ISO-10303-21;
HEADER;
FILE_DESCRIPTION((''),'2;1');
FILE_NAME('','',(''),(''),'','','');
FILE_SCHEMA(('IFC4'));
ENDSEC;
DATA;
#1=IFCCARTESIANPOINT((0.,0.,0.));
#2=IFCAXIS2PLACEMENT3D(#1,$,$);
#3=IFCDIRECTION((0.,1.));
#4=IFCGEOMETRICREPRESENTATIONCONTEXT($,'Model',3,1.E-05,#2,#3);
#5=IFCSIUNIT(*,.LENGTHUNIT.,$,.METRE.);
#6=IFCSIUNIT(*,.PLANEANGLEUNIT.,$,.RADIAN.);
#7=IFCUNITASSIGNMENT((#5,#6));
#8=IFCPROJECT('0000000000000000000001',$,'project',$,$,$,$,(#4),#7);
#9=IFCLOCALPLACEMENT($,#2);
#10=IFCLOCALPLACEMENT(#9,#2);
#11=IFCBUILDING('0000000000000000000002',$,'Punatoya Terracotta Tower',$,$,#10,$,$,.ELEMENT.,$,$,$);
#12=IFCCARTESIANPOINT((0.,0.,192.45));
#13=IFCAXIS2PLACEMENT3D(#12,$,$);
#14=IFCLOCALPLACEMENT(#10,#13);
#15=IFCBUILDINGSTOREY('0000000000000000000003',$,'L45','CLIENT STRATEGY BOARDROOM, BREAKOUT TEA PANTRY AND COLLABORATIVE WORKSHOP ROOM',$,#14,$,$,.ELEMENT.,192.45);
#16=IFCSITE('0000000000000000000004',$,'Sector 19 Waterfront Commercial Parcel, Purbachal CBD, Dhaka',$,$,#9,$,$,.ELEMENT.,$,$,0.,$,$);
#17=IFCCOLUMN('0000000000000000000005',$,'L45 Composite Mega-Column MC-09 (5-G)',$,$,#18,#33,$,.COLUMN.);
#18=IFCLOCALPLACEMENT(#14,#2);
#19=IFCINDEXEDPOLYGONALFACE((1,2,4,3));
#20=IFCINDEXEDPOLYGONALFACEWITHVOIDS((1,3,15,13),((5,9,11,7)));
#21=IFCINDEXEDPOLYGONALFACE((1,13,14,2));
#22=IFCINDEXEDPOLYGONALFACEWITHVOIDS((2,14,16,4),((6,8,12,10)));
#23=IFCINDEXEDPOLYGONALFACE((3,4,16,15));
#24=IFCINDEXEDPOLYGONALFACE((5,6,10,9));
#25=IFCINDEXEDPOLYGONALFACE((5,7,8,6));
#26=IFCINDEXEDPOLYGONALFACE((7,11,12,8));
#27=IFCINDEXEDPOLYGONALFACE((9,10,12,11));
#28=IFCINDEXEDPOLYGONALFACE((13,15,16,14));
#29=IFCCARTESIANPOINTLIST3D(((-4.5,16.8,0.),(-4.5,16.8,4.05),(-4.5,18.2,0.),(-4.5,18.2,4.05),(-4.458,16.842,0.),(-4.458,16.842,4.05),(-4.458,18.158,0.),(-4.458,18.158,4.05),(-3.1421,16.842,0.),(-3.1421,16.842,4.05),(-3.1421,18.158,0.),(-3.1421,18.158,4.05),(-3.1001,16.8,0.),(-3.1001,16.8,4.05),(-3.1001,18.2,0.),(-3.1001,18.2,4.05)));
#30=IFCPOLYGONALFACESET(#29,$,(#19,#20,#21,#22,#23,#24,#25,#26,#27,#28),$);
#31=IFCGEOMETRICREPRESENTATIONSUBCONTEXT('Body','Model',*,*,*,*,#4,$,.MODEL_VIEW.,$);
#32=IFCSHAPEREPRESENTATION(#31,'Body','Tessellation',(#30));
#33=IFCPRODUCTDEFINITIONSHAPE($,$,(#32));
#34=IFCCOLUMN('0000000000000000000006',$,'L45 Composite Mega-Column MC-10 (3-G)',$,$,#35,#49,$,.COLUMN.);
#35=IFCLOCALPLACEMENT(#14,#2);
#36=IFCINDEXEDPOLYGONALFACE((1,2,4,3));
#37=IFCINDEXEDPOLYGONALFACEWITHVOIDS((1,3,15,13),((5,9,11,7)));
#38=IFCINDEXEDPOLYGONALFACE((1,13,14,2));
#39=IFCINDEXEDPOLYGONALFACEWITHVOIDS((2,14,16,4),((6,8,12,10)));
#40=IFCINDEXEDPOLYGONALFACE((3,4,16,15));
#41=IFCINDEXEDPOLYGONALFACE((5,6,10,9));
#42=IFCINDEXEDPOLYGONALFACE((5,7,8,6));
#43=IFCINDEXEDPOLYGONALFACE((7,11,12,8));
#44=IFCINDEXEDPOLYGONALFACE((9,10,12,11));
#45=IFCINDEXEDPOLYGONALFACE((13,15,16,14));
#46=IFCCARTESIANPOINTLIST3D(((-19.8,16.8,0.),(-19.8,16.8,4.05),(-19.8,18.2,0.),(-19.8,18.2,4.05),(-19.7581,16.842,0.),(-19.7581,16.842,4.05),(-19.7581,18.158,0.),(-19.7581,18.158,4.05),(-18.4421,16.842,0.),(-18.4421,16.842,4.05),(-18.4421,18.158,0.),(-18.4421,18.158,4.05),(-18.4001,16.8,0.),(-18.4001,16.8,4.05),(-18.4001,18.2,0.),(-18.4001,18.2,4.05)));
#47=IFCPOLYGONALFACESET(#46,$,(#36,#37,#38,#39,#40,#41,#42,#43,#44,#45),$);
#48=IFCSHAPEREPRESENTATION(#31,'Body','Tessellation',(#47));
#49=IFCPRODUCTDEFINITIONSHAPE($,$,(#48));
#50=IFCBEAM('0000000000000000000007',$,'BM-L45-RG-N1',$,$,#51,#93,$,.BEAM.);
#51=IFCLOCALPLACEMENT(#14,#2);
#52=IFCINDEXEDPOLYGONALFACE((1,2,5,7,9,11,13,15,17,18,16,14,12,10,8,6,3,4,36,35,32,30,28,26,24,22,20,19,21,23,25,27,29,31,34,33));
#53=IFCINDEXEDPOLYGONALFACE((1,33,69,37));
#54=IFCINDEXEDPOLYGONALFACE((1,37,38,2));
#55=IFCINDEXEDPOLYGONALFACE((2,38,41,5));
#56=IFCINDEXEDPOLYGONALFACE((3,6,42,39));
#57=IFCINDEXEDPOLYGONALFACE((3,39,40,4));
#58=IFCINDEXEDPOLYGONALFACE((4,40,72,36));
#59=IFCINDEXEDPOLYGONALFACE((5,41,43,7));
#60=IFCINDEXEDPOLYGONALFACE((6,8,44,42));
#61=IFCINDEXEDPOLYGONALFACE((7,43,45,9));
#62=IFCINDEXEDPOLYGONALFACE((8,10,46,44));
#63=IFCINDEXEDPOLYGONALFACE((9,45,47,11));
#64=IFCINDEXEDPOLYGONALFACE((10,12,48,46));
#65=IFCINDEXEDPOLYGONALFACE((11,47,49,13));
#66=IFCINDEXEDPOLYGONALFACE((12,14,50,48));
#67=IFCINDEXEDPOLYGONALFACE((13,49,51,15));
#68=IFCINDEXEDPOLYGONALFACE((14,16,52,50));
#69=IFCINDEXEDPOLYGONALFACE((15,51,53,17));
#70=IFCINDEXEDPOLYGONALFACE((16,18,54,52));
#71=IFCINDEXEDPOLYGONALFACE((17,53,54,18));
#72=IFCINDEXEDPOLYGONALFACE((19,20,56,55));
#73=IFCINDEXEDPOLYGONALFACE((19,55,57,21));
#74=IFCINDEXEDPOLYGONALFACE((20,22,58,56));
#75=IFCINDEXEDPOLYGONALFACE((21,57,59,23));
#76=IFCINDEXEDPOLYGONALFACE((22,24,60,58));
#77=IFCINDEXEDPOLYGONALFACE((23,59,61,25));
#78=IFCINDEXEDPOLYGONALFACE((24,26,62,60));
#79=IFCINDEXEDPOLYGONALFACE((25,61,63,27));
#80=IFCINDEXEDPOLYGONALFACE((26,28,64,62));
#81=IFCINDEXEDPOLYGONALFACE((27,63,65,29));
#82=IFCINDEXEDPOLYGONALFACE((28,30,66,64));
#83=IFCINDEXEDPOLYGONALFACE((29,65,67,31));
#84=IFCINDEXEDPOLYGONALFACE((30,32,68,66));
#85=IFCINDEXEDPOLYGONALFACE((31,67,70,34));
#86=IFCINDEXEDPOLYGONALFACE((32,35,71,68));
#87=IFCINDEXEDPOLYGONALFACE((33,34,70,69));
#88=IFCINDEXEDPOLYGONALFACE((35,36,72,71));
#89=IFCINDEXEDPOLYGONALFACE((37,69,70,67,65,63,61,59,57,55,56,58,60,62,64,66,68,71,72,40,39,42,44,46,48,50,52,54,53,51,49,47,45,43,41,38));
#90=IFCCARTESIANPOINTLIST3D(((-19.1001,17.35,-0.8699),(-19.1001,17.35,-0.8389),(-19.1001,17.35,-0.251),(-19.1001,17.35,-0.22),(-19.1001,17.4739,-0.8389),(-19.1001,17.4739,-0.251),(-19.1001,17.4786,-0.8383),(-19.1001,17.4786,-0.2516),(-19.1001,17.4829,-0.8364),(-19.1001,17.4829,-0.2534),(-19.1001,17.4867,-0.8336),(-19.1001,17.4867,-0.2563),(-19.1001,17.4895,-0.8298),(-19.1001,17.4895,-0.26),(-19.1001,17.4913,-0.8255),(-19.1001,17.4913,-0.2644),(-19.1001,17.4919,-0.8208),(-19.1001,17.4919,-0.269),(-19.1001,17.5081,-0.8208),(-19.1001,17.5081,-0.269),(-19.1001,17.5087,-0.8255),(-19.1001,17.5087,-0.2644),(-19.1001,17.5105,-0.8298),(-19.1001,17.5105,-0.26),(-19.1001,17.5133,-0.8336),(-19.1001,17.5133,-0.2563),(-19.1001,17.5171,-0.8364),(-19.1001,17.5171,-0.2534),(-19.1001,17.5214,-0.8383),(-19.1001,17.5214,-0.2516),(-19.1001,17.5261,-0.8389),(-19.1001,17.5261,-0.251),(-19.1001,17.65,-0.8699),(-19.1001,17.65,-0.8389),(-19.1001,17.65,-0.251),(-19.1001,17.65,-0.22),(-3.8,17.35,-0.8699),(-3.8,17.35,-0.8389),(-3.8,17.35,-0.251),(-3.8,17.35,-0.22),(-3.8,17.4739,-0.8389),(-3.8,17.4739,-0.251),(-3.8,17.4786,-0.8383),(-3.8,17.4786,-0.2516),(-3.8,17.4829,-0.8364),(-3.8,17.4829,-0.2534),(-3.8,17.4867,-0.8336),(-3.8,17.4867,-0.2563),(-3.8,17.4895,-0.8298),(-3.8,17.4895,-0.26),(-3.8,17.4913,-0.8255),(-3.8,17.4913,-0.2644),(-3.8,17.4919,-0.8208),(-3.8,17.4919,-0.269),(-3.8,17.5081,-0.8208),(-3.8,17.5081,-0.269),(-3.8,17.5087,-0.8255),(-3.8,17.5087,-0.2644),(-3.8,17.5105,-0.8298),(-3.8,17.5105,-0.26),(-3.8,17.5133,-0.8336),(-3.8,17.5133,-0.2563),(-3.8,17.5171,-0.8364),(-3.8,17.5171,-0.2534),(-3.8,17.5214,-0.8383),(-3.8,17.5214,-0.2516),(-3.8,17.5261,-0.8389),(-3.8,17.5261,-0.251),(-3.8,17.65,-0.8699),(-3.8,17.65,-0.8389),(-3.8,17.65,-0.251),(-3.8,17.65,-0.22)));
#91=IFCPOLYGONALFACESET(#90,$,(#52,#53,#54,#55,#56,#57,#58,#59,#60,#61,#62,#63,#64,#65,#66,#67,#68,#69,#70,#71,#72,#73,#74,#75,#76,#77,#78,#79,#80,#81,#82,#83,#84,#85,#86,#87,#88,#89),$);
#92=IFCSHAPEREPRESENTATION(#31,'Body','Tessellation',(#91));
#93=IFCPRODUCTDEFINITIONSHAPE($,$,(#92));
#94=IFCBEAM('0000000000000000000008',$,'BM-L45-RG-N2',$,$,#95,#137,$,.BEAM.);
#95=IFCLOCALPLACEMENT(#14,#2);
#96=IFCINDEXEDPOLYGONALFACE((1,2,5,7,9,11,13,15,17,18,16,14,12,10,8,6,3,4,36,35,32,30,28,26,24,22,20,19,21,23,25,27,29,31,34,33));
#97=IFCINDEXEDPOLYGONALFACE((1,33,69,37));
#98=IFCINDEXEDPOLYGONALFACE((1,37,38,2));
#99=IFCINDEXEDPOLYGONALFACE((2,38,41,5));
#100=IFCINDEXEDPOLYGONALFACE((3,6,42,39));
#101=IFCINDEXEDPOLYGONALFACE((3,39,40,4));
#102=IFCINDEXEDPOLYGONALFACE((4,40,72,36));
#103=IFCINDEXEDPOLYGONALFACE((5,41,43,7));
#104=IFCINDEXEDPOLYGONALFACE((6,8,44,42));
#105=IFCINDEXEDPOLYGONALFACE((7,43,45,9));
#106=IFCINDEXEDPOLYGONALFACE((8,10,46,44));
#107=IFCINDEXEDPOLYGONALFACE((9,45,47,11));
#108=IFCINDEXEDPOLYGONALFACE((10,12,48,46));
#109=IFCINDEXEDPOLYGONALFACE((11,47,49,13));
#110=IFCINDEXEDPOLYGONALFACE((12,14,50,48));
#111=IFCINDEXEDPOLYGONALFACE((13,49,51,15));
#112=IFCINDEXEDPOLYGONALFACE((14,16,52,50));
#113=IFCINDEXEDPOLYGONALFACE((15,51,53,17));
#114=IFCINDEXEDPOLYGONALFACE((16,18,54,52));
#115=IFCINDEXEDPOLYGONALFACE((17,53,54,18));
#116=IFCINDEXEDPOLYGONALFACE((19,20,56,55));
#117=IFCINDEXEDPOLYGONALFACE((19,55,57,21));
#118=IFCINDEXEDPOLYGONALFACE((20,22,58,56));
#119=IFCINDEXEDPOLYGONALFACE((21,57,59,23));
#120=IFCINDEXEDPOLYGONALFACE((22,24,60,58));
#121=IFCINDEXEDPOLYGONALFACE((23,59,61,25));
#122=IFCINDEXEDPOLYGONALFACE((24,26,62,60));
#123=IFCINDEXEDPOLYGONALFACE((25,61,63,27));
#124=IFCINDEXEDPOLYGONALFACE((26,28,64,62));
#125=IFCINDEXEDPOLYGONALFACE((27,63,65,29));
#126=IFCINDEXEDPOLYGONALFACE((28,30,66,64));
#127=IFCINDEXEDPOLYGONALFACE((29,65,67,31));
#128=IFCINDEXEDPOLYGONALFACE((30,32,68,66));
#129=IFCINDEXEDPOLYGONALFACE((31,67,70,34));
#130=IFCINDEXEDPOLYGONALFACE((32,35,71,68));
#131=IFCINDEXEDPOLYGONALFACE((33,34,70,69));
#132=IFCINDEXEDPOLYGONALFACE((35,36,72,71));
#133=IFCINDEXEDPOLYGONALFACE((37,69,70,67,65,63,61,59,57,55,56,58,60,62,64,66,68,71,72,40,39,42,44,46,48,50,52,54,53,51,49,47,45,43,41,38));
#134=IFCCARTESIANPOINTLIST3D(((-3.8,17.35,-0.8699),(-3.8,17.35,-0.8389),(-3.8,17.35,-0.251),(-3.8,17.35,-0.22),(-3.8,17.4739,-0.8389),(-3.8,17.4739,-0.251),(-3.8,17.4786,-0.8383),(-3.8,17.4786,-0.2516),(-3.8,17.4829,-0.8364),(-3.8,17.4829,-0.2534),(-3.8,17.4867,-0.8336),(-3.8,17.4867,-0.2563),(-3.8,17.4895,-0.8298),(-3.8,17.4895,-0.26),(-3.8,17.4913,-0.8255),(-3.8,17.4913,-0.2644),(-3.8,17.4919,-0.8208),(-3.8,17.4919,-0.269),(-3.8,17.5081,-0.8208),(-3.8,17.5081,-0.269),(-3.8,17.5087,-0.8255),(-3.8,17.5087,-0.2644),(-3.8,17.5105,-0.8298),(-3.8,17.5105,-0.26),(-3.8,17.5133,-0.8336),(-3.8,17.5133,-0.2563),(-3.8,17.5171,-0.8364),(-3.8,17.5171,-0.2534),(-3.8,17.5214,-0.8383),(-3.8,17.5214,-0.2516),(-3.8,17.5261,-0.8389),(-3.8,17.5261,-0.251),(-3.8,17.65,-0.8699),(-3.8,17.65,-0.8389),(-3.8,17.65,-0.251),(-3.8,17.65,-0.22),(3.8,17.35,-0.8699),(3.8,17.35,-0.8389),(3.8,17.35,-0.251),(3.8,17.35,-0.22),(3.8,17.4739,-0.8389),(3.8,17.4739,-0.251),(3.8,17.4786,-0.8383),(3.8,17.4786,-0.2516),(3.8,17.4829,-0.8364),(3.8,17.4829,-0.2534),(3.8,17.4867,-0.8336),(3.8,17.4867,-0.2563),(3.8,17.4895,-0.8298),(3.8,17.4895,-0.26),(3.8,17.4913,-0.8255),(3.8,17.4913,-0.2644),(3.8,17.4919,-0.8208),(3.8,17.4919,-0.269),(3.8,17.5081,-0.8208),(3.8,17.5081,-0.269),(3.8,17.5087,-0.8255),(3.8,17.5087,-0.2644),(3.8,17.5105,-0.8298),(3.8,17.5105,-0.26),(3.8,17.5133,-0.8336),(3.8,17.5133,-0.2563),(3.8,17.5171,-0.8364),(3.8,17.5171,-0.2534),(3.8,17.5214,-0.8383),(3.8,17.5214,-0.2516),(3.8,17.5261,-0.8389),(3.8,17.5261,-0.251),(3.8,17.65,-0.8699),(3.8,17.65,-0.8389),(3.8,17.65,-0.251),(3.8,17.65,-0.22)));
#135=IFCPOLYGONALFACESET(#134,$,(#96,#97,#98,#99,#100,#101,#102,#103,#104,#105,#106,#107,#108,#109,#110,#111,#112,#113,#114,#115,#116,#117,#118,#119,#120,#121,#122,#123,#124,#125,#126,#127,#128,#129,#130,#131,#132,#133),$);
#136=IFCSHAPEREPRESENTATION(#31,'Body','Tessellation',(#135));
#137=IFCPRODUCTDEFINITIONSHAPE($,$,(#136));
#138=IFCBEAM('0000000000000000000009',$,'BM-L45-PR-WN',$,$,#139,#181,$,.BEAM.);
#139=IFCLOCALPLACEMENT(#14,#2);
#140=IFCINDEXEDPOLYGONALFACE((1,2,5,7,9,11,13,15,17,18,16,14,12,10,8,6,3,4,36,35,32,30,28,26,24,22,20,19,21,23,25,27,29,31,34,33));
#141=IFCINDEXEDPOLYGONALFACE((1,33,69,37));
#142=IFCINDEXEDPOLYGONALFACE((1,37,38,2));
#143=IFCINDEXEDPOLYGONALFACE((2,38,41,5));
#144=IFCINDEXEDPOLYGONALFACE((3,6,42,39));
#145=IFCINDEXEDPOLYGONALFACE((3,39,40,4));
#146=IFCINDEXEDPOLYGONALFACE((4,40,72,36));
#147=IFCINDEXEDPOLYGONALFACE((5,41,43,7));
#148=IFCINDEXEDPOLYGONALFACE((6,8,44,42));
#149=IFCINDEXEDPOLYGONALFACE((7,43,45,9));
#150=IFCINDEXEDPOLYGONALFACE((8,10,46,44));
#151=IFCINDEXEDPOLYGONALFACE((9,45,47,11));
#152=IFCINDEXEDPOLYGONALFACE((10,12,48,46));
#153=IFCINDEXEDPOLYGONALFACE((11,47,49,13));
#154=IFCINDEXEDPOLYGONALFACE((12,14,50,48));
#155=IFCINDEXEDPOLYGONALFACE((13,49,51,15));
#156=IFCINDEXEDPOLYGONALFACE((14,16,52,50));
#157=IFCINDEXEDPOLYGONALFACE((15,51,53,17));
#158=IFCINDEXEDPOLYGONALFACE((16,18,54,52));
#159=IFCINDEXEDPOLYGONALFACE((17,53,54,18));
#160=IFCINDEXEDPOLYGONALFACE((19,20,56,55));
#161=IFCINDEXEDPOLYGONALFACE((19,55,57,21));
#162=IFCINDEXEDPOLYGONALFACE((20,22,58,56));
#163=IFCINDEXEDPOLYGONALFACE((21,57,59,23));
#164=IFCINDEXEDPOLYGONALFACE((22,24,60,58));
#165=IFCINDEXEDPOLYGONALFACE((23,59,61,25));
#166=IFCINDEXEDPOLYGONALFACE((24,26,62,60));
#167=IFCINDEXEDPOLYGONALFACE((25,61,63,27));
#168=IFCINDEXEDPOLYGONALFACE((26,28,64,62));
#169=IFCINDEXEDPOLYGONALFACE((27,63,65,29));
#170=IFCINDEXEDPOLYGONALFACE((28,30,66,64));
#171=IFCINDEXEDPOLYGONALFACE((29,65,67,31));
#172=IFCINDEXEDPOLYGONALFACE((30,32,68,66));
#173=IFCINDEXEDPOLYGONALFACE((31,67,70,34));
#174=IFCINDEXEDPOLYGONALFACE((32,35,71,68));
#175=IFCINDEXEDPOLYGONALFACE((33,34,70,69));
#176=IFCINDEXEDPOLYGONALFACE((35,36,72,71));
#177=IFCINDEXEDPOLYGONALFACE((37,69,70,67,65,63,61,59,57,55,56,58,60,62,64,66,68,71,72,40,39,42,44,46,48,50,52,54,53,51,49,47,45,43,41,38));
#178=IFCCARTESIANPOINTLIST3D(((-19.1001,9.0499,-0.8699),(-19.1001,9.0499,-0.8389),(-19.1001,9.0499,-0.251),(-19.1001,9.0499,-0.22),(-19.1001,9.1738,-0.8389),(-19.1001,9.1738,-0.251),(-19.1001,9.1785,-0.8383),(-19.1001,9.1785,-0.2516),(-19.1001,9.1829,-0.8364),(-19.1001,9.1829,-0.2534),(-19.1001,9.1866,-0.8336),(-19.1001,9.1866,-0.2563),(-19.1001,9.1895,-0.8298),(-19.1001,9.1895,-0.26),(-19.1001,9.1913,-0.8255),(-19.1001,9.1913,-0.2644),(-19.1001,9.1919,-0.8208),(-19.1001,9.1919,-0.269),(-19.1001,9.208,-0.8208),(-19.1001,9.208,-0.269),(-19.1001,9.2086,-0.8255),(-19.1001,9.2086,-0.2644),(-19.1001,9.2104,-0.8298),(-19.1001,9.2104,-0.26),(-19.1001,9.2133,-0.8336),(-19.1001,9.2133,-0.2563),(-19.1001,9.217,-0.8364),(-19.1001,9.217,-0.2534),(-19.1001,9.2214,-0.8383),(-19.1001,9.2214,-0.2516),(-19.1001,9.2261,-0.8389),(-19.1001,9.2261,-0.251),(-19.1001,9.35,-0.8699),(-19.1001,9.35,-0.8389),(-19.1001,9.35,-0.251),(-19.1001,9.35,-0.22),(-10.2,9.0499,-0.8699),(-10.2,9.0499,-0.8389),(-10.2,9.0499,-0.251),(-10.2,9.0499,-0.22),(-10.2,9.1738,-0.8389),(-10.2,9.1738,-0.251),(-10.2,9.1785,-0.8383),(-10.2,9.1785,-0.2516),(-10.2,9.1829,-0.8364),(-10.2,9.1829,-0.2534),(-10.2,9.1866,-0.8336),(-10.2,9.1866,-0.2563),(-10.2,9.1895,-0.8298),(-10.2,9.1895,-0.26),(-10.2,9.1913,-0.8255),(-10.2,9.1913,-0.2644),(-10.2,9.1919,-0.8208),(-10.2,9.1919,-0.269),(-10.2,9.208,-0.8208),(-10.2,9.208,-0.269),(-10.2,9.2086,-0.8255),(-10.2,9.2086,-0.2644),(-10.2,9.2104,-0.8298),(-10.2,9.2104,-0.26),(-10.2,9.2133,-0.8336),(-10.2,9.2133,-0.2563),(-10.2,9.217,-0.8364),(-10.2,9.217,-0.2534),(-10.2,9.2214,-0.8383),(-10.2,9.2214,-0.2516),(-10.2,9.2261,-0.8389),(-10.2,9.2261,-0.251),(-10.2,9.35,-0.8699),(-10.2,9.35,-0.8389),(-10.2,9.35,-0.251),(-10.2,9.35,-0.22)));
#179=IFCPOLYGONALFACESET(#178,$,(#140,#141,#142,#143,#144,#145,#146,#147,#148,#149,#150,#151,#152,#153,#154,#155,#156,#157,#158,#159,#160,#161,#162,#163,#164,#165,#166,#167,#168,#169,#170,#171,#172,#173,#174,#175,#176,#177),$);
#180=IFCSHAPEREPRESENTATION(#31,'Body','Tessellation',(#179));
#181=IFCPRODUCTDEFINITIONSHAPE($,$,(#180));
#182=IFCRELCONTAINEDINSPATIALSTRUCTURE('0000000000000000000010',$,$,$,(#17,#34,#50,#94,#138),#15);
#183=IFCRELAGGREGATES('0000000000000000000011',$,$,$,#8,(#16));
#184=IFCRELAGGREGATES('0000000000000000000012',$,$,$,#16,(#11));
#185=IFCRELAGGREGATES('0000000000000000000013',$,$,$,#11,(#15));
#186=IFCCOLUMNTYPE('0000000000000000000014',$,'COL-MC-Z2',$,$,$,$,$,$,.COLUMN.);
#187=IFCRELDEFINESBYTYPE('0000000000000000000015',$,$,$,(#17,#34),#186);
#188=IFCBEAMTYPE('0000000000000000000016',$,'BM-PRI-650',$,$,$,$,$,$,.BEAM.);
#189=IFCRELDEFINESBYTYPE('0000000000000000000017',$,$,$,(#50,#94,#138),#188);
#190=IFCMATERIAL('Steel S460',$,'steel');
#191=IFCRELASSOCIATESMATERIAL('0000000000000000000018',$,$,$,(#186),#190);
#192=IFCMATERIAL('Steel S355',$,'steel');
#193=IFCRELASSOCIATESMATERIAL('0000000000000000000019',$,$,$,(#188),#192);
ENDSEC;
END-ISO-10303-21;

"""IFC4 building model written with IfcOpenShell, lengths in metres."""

from ifc_helpers import new_model, si_unit, direction, frame, origin, origin_2d, place, context, subcontext, project, spatial, hollow_rectangle, i_section, extrude, material, material_profile, profile_set, type_object, element, save


model = new_model("IFC4")

# Units and contexts
model_context = context("Model", 3, precision=1e-05, world=origin(), true_north=direction((0.0, 1.0)))
body_context = subcontext(model_context, "Body", "Model", "MODEL_VIEW")
ifc_project = project(units=[si_unit("LENGTHUNIT", "METRE"), si_unit("PLANEANGLEUNIT", "RADIAN")], contexts=[model_context])

# Site, building, storey
site_placement = place(None, origin())
site = spatial("IfcSite", under=ifc_project, at=site_placement, Name="Sector 19 Waterfront Commercial Parcel, Purbachal CBD, Dhaka", CompositionType="ELEMENT", RefElevation=0.0)
building_placement = place(site_placement, origin())
building = spatial("IfcBuilding", under=site, at=building_placement, Name="Punatoya Terracotta Tower", CompositionType="ELEMENT")
storey_placement = place(building_placement, frame((0.0, 0.0, 192.45)))
storey = spatial("IfcBuildingStorey", under=building, at=storey_placement, Name="L45", Description="CLIENT STRATEGY BOARDROOM, BREAKOUT TEA PANTRY AND COLLABORATIVE WORKSHOP ROOM", CompositionType="ELEMENT", Elevation=192.45)

# Columns
ifc_material_1 = material(Name="Steel S460", Category="steel")
ifc_material_profile_1 = material_profile(ifc_material_1, hollow_rectangle(XDim=1.3999, YDim=1.3999, WallThickness=0.042, at=origin_2d()))
ifc_profile_set_1 = profile_set([ifc_material_profile_1], Name="Steel S460")
column_type = type_object("IfcColumnType", Name="COL-MC-Z2", PredefinedType="COLUMN", material=ifc_profile_set_1)
for number, where, z_axis, x_axis, name in (
    (1, (-3.8, 17.5, 0.0), (0.0, 0.0, 1.0), (1.0, 0.0, 0.0), "L45 Composite Mega-Column MC-09 (5-G)"),
    (2, (-19.1001, 17.5, 0.0), (0.0, 0.0, 1.0), (1.0, 0.0, 0.0), "L45 Composite Mega-Column MC-10 (3-G)"),
):
    element("IfcColumn", number, at=place(storey_placement, frame(where, z_axis=z_axis, x_axis=x_axis)), inside=storey, type_object=column_type, Name=name, PredefinedType="COLUMN", context=body_context, shape_type="SweptSolid", body=[
        extrude(hollow_rectangle(XDim=1.3999, YDim=1.3999, WallThickness=0.042, at=origin_2d()), origin(), (0.0, 0.0, 1.0), 4.05),
    ])

# Beams
ifc_material_2 = material(Name="Steel S355", Category="steel")
ifc_material_profile_2 = material_profile(ifc_material_2, i_section(OverallWidth=0.3, OverallDepth=0.6499, WebThickness=0.0161, FlangeThickness=0.031, FilletRadius=0.0181, at=origin_2d()))
ifc_profile_set_2 = profile_set([ifc_material_profile_2], Name="Steel S355")
beam_type_1 = type_object("IfcBeamType", Name="BM-PRI-650", PredefinedType="BEAM", material=ifc_profile_set_2)
beam_1_placement = place(storey_placement, frame((-19.1001, 17.5, -0.5449), z_axis=(1.0, 0.0, 0.0), x_axis=(0.0, 1.0, 0.0)))
element("IfcBeam", 3, at=beam_1_placement, inside=storey, type_object=beam_type_1, Name="BM-L45-RG-N1", PredefinedType="BEAM", context=body_context, shape_type="SweptSolid", body=[
    extrude(i_section(OverallWidth=0.3, OverallDepth=0.6499, WebThickness=0.0161, FlangeThickness=0.031, FilletRadius=0.0181, at=origin_2d()), origin(), (0.0, 0.0, 1.0), 15.3),
])
beam_2_placement = place(storey_placement, frame((-3.8, 17.5, -0.5449), z_axis=(1.0, 0.0, 0.0), x_axis=(0.0, 1.0, 0.0)))
element("IfcBeam", 4, at=beam_2_placement, inside=storey, type_object=beam_type_1, Name="BM-L45-RG-N2", PredefinedType="BEAM", context=body_context, shape_type="SweptSolid", body=[
    extrude(i_section(OverallWidth=0.3, OverallDepth=0.6499, WebThickness=0.0161, FlangeThickness=0.031, FilletRadius=0.0181, at=origin_2d()), origin(), (0.0, 0.0, 1.0), 7.6001),
])
beam_3_placement = place(storey_placement, frame((-19.1001, 9.2, -0.5449), z_axis=(1.0, 0.0, 0.0), x_axis=(0.0, 1.0, 0.0)))
element("IfcBeam", 5, at=beam_3_placement, inside=storey, type_object=beam_type_1, Name="BM-L45-PR-WN", PredefinedType="BEAM", context=body_context, shape_type="SweptSolid", body=[
    extrude(i_section(OverallWidth=0.3, OverallDepth=0.6499, WebThickness=0.0161, FlangeThickness=0.031, FilletRadius=0.0181, at=origin_2d()), origin(), (0.0, 0.0, 1.0), 8.9001),
])

save(model, "model.ifc")
